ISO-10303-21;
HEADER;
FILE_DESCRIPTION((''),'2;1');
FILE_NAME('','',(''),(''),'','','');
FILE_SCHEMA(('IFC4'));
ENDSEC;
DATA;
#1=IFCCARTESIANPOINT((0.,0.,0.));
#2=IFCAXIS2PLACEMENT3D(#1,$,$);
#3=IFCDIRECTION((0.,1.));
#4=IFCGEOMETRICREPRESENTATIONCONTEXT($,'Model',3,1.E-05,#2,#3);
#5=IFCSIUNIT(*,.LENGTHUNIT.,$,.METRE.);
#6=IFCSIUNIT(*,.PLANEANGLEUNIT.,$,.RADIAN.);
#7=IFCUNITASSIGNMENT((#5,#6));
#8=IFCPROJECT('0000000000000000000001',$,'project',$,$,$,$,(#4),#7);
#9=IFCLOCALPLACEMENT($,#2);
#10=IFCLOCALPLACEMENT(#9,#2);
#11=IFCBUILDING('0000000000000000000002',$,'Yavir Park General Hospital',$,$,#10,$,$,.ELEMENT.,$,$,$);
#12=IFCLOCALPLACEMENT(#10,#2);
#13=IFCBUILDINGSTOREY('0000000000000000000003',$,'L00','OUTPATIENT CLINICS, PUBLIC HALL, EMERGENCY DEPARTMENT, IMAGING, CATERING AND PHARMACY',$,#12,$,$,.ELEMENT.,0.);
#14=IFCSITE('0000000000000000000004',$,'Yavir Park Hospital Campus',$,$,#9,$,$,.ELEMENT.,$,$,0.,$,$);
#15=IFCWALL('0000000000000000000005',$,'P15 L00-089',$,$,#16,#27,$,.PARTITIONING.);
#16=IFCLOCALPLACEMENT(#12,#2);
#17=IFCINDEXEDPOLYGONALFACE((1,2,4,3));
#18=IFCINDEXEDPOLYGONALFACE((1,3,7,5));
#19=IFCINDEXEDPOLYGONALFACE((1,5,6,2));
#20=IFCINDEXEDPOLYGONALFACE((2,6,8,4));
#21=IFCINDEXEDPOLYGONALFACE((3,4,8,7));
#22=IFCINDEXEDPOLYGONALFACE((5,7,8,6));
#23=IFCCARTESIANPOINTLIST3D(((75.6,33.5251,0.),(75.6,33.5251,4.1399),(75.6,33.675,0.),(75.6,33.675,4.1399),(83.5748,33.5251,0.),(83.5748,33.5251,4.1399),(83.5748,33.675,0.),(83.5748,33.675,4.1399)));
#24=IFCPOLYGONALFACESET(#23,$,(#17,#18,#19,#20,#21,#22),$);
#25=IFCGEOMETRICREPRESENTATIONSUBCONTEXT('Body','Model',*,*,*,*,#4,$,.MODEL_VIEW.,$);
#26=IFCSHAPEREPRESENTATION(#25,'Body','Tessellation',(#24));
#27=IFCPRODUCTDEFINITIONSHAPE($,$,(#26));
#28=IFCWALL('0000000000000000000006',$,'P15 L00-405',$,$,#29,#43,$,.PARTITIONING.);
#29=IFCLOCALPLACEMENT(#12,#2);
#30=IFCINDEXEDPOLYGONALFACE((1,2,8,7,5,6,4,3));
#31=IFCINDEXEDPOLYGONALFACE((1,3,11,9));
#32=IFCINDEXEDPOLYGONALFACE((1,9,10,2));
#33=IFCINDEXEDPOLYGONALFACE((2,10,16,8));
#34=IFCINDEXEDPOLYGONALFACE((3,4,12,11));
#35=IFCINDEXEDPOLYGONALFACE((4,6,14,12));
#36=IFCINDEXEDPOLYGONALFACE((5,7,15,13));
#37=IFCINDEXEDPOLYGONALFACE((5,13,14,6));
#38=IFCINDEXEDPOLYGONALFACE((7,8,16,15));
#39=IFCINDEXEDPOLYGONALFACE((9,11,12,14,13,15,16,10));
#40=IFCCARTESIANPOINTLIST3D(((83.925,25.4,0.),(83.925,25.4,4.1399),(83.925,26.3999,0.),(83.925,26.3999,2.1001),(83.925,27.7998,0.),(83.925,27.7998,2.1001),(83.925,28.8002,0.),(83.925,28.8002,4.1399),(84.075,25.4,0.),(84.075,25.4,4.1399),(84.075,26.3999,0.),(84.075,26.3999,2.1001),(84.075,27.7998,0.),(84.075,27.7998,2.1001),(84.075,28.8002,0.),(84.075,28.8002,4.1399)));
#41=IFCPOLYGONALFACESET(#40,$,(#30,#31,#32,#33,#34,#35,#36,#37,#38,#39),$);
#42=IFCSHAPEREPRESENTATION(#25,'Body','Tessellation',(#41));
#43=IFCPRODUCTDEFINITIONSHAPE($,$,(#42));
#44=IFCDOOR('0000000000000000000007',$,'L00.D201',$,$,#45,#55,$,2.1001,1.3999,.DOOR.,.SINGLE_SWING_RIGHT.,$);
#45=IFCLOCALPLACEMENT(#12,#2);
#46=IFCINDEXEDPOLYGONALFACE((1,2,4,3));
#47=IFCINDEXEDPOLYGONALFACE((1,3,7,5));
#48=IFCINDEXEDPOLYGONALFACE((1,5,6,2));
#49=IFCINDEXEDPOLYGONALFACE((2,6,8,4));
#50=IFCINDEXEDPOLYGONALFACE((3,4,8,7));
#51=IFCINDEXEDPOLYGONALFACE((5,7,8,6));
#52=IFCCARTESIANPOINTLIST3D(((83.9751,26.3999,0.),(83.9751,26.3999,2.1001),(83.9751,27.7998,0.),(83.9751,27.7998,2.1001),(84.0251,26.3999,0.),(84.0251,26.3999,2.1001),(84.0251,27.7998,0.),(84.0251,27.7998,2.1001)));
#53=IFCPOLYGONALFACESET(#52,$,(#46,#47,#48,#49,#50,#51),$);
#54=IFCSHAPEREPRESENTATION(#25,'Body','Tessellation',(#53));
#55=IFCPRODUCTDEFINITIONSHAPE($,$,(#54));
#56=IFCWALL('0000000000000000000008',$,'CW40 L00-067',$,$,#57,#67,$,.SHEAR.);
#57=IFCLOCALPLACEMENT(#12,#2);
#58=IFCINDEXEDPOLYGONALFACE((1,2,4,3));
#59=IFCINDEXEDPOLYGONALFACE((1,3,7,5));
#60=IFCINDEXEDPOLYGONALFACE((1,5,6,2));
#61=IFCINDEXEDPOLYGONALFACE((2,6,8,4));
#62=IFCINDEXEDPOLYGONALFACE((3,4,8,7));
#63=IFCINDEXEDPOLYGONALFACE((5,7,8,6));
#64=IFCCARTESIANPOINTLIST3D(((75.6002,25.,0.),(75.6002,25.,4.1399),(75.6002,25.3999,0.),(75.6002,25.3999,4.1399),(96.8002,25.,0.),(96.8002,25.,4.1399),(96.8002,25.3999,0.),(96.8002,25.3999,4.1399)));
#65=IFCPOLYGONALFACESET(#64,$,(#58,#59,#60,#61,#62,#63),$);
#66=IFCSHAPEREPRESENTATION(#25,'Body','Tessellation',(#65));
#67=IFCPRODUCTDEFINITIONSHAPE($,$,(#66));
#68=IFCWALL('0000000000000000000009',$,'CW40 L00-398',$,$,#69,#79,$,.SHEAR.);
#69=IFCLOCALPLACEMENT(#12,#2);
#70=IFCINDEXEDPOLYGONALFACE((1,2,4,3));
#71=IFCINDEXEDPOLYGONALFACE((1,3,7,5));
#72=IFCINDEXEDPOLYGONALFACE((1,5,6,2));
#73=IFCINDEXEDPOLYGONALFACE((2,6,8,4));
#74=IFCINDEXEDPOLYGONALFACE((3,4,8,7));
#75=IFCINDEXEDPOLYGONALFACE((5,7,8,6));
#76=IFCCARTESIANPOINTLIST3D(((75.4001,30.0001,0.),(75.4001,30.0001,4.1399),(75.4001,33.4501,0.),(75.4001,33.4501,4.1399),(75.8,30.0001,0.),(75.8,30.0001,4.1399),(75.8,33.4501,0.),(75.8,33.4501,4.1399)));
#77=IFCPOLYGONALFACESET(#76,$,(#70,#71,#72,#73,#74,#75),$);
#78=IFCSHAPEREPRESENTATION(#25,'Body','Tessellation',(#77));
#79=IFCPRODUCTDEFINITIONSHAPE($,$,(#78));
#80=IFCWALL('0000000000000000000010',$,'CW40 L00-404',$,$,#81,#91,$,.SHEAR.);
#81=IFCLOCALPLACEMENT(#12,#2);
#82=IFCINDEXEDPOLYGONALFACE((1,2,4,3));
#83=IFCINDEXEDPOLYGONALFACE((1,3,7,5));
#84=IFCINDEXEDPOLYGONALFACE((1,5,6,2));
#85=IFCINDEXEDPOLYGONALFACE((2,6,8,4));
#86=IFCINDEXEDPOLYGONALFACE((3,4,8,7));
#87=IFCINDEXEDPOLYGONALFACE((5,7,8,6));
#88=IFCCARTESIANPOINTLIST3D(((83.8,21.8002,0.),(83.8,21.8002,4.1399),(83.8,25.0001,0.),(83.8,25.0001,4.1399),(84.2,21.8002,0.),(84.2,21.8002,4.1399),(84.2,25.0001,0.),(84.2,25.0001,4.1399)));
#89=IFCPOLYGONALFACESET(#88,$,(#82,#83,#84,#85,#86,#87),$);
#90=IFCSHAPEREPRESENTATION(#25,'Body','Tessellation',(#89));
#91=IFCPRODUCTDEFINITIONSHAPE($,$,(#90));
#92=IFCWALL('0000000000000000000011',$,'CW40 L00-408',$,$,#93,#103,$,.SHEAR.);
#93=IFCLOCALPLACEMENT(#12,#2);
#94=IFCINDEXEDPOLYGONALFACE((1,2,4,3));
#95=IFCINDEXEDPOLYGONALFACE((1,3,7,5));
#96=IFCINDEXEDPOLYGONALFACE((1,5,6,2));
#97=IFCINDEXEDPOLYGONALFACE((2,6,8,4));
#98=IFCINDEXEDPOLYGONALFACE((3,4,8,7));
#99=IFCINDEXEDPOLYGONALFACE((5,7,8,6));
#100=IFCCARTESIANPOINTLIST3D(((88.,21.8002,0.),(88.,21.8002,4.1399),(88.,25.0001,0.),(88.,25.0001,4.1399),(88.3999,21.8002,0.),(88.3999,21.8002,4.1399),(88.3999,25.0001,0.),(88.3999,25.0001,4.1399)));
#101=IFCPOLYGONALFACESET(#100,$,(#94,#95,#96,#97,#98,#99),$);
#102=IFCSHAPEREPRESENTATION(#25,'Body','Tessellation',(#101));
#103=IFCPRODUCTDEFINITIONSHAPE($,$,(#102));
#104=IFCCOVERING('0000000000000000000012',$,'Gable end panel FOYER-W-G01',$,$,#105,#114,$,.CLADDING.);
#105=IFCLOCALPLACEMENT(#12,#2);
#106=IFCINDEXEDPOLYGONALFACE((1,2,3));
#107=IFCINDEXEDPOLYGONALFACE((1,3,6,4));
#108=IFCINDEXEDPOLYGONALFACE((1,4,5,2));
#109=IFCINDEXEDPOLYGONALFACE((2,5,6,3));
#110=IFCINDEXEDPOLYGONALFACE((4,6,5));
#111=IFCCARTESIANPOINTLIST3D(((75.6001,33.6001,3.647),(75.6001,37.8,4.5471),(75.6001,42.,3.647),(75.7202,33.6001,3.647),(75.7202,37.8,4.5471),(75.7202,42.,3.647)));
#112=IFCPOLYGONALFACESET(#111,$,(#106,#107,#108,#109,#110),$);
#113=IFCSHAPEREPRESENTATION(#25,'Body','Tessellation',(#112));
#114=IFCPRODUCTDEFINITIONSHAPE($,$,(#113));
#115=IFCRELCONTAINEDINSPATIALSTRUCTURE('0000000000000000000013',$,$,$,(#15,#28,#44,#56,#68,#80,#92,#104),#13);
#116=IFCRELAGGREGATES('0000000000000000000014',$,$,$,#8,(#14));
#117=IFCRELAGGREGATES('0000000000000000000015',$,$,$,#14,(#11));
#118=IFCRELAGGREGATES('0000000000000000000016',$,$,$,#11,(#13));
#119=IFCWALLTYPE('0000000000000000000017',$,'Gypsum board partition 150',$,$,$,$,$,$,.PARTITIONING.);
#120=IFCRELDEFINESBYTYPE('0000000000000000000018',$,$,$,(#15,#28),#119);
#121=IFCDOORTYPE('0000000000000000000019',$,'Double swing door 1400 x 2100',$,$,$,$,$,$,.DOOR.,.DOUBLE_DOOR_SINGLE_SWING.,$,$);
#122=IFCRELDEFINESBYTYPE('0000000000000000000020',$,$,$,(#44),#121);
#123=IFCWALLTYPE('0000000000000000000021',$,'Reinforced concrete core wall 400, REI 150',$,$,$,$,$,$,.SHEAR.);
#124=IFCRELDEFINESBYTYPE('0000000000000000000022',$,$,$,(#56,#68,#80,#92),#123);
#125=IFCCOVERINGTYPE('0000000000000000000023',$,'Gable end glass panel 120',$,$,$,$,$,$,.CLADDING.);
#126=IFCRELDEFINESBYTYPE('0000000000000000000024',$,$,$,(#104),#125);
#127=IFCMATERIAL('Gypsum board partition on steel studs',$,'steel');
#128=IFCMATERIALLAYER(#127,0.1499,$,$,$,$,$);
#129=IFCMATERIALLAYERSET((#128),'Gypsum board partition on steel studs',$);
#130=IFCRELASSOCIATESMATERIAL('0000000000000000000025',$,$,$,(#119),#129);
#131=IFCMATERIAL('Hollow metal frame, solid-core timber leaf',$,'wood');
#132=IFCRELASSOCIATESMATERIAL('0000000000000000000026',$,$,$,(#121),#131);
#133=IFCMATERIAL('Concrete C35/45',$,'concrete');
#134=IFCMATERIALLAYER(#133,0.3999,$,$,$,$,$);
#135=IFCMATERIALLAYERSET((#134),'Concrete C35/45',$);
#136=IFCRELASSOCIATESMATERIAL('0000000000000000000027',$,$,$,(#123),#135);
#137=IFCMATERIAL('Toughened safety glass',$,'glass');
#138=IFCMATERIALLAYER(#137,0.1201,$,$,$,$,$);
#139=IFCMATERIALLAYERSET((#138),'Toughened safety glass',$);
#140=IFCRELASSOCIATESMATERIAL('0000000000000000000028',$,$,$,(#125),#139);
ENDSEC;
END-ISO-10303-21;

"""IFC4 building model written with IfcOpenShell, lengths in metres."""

from ifc_helpers import new_model, si_unit, direction, frame, frame_2d, origin, place, context, subcontext, project, spatial, polyline, rectangle, outline, extrude, material, layer, layer_set, type_object, element, fill, save


model = new_model("IFC4")

# Units and contexts
model_context = context("Model", 3, precision=1e-05, world=origin(), true_north=direction((0.0, 1.0)))
body_context = subcontext(model_context, "Body", "Model", "MODEL_VIEW")
ifc_project = project(units=[si_unit("LENGTHUNIT", "METRE"), si_unit("PLANEANGLEUNIT", "RADIAN")], contexts=[model_context])

# Site, building, storey
site_placement = place(None, origin())
site = spatial("IfcSite", under=ifc_project, at=site_placement, Name="Yavir Park Hospital Campus", CompositionType="ELEMENT", RefElevation=0.0)
building_placement = place(site_placement, origin())
building = spatial("IfcBuilding", under=site, at=building_placement, Name="Yavir Park General Hospital", CompositionType="ELEMENT")
storey_placement = place(building_placement, origin())
storey = spatial("IfcBuildingStorey", under=building, at=storey_placement, Name="L00", Description="OUTPATIENT CLINICS, PUBLIC HALL, EMERGENCY DEPARTMENT, IMAGING, CATERING AND PHARMACY", CompositionType="ELEMENT", Elevation=0.0)

# Wall
ifc_material_1 = material(Name="Gypsum board partition on steel studs", Category="steel")
ifc_layer_1 = layer(ifc_material_1, 0.1499)
ifc_layer_set_1 = layer_set([ifc_layer_1], Name="Gypsum board partition on steel studs")
wall_type_1 = type_object("IfcWallType", Name="Gypsum board partition 150", PredefinedType="PARTITIONING", material=ifc_layer_set_1)
wall_1_placement = place(storey_placement, frame((75.6001, 33.6001, 0.0), z_axis=(0.0, 0.0, 1.0), x_axis=(1.0, 0.0, 0.0)))
element("IfcWall", 1, at=wall_1_placement, inside=storey, type_object=wall_type_1, Name="P15 L00-089", PredefinedType="PARTITIONING", context=body_context, shape_type="SweptSolid", body=[
    extrude(rectangle(XDim=7.9749, YDim=0.1499, at=frame_2d((3.9873, 0.0))), origin(), (0.0, 0.0, 1.0), 4.1399),
])

# Wall, opening, door
wall_2_placement = place(storey_placement, frame((84.0, 25.3999, 0.0), z_axis=(0.0, 0.0, 1.0), x_axis=(0.0, 1.0, 0.0)))
wall_2 = element("IfcWall", 2, at=wall_2_placement, inside=storey, type_object=wall_type_1, Name="P15 L00-405", PredefinedType="PARTITIONING", context=body_context, shape_type="SweptSolid", body=[
    extrude(rectangle(XDim=3.4001, YDim=0.1499, at=frame_2d((1.7002, 0.0))), origin(), (0.0, 0.0, 1.0), 4.1399),
])
opening_1_placement = place(wall_2_placement, frame((1.0, 0.0, 0.0)))
opening_1 = element("IfcOpeningElement", 3, at=opening_1_placement, cuts=wall_2, PredefinedType="OPENING", context=body_context, shape_type="SweptSolid", body=[
    extrude(rectangle(XDim=1.3999, YDim=2.1001, at=frame_2d((0.7, 1.05))), frame((0.0, 0.085, 0.0), z_axis=(0.0, -1.0, 0.0), x_axis=(1.0, 0.0, 0.0)), (0.0, 0.0, 1.0), 0.1699),
])
ifc_material_2 = material(Name="Hollow metal frame, solid-core timber leaf", Category="wood")
door_type_1 = type_object("IfcDoorType", Name="Double swing door 1400 x 2100", OperationType="DOUBLE_DOOR_SINGLE_SWING", PredefinedType="DOOR", material=ifc_material_2)
door_1_placement = place(opening_1_placement, origin())
door_1 = element("IfcDoor", 4, at=door_1_placement, inside=storey, type_object=door_type_1, Name="L00.D201", OperationType="SINGLE_SWING_RIGHT", OverallHeight=2.1001, OverallWidth=1.3999, PredefinedType="DOOR", context=body_context, shape_type="SweptSolid", body=[
    extrude(rectangle(XDim=1.3999, YDim=2.1001, at=frame_2d((0.7, 1.05))), frame((0.0, 0.0249, 0.0), z_axis=(0.0, -1.0, 0.0), x_axis=(1.0, 0.0, 0.0)), (0.0, 0.0, 1.0), 0.05),
])
fill(opening_1, door_1)

# Walls
ifc_material_3 = material(Name="Concrete C35/45", Category="concrete")
ifc_layer_2 = layer(ifc_material_3, 0.3999)
ifc_layer_set_2 = layer_set([ifc_layer_2], Name="Concrete C35/45")
wall_type_2 = type_object("IfcWallType", Name="Reinforced concrete core wall 400, REI 150", PredefinedType="SHEAR", material=ifc_layer_set_2)
wall_3_placement = place(storey_placement, frame((75.6001, 25.2, 0.0), z_axis=(0.0, 0.0, 1.0), x_axis=(1.0, 0.0, 0.0)))
element("IfcWall", 5, at=wall_3_placement, inside=storey, type_object=wall_type_2, Name="CW40 L00-067", PredefinedType="SHEAR", context=body_context, shape_type="SweptSolid", body=[
    extrude(rectangle(XDim=21.2, YDim=0.3999, at=frame_2d((10.6001, 0.0))), origin(), (0.0, 0.0, 1.0), 4.1399),
])
wall_4_placement = place(storey_placement, frame((75.6001, 30.0, 0.0), z_axis=(0.0, 0.0, 1.0), x_axis=(0.0, 1.0, 0.0)))
element("IfcWall", 6, at=wall_4_placement, inside=storey, type_object=wall_type_2, Name="CW40 L00-398", PredefinedType="SHEAR", context=body_context, shape_type="SweptSolid", body=[
    extrude(rectangle(XDim=3.45, YDim=0.3999, at=frame_2d((1.7251, 0.0))), origin(), (0.0, 0.0, 1.0), 4.1399),
])
for number, where, z_axis, x_axis, name in (
    (7, (84.0, 21.8, 0.0), (0.0, 0.0, 1.0), (0.0, 1.0, 0.0), "CW40 L00-404"),
    (8, (88.2, 21.8, 0.0), (0.0, 0.0, 1.0), (0.0, 1.0, 0.0), "CW40 L00-408"),
):
    element("IfcWall", number, at=place(storey_placement, frame(where, z_axis=z_axis, x_axis=x_axis)), inside=storey, type_object=wall_type_2, Name=name, PredefinedType="SHEAR", context=body_context, shape_type="SweptSolid", body=[
        extrude(rectangle(XDim=3.2, YDim=0.3999, at=frame_2d((1.6001, 0.0))), origin(), (0.0, 0.0, 1.0), 4.1399),
    ])

# Covering
ifc_material_4 = material(Name="Toughened safety glass", Category="glass")
ifc_layer_3 = layer(ifc_material_4, 0.1201)
ifc_layer_set_3 = layer_set([ifc_layer_3], Name="Toughened safety glass")
covering_type = type_object("IfcCoveringType", Name="Gable end glass panel 120", PredefinedType="CLADDING", material=ifc_layer_set_3)
covering_placement = place(storey_placement, frame((75.6001, 33.6001, 3.647), z_axis=(-1.0, 0.0, 0.0), x_axis=(0.0, 1.0, 0.0)))
element("IfcCovering", 9, at=covering_placement, inside=storey, type_object=covering_type, Name="Gable end panel FOYER-W-G01", PredefinedType="CLADDING", context=body_context, shape_type="SweptSolid", body=[
    extrude(outline(polyline([(0.0, 0.0), (8.3999, 0.0), (4.2, -0.9001), (0.0, 0.0)])), origin(), (0.0, 0.0, -1.0), 0.1201),
])

save(model, "model.ifc")
